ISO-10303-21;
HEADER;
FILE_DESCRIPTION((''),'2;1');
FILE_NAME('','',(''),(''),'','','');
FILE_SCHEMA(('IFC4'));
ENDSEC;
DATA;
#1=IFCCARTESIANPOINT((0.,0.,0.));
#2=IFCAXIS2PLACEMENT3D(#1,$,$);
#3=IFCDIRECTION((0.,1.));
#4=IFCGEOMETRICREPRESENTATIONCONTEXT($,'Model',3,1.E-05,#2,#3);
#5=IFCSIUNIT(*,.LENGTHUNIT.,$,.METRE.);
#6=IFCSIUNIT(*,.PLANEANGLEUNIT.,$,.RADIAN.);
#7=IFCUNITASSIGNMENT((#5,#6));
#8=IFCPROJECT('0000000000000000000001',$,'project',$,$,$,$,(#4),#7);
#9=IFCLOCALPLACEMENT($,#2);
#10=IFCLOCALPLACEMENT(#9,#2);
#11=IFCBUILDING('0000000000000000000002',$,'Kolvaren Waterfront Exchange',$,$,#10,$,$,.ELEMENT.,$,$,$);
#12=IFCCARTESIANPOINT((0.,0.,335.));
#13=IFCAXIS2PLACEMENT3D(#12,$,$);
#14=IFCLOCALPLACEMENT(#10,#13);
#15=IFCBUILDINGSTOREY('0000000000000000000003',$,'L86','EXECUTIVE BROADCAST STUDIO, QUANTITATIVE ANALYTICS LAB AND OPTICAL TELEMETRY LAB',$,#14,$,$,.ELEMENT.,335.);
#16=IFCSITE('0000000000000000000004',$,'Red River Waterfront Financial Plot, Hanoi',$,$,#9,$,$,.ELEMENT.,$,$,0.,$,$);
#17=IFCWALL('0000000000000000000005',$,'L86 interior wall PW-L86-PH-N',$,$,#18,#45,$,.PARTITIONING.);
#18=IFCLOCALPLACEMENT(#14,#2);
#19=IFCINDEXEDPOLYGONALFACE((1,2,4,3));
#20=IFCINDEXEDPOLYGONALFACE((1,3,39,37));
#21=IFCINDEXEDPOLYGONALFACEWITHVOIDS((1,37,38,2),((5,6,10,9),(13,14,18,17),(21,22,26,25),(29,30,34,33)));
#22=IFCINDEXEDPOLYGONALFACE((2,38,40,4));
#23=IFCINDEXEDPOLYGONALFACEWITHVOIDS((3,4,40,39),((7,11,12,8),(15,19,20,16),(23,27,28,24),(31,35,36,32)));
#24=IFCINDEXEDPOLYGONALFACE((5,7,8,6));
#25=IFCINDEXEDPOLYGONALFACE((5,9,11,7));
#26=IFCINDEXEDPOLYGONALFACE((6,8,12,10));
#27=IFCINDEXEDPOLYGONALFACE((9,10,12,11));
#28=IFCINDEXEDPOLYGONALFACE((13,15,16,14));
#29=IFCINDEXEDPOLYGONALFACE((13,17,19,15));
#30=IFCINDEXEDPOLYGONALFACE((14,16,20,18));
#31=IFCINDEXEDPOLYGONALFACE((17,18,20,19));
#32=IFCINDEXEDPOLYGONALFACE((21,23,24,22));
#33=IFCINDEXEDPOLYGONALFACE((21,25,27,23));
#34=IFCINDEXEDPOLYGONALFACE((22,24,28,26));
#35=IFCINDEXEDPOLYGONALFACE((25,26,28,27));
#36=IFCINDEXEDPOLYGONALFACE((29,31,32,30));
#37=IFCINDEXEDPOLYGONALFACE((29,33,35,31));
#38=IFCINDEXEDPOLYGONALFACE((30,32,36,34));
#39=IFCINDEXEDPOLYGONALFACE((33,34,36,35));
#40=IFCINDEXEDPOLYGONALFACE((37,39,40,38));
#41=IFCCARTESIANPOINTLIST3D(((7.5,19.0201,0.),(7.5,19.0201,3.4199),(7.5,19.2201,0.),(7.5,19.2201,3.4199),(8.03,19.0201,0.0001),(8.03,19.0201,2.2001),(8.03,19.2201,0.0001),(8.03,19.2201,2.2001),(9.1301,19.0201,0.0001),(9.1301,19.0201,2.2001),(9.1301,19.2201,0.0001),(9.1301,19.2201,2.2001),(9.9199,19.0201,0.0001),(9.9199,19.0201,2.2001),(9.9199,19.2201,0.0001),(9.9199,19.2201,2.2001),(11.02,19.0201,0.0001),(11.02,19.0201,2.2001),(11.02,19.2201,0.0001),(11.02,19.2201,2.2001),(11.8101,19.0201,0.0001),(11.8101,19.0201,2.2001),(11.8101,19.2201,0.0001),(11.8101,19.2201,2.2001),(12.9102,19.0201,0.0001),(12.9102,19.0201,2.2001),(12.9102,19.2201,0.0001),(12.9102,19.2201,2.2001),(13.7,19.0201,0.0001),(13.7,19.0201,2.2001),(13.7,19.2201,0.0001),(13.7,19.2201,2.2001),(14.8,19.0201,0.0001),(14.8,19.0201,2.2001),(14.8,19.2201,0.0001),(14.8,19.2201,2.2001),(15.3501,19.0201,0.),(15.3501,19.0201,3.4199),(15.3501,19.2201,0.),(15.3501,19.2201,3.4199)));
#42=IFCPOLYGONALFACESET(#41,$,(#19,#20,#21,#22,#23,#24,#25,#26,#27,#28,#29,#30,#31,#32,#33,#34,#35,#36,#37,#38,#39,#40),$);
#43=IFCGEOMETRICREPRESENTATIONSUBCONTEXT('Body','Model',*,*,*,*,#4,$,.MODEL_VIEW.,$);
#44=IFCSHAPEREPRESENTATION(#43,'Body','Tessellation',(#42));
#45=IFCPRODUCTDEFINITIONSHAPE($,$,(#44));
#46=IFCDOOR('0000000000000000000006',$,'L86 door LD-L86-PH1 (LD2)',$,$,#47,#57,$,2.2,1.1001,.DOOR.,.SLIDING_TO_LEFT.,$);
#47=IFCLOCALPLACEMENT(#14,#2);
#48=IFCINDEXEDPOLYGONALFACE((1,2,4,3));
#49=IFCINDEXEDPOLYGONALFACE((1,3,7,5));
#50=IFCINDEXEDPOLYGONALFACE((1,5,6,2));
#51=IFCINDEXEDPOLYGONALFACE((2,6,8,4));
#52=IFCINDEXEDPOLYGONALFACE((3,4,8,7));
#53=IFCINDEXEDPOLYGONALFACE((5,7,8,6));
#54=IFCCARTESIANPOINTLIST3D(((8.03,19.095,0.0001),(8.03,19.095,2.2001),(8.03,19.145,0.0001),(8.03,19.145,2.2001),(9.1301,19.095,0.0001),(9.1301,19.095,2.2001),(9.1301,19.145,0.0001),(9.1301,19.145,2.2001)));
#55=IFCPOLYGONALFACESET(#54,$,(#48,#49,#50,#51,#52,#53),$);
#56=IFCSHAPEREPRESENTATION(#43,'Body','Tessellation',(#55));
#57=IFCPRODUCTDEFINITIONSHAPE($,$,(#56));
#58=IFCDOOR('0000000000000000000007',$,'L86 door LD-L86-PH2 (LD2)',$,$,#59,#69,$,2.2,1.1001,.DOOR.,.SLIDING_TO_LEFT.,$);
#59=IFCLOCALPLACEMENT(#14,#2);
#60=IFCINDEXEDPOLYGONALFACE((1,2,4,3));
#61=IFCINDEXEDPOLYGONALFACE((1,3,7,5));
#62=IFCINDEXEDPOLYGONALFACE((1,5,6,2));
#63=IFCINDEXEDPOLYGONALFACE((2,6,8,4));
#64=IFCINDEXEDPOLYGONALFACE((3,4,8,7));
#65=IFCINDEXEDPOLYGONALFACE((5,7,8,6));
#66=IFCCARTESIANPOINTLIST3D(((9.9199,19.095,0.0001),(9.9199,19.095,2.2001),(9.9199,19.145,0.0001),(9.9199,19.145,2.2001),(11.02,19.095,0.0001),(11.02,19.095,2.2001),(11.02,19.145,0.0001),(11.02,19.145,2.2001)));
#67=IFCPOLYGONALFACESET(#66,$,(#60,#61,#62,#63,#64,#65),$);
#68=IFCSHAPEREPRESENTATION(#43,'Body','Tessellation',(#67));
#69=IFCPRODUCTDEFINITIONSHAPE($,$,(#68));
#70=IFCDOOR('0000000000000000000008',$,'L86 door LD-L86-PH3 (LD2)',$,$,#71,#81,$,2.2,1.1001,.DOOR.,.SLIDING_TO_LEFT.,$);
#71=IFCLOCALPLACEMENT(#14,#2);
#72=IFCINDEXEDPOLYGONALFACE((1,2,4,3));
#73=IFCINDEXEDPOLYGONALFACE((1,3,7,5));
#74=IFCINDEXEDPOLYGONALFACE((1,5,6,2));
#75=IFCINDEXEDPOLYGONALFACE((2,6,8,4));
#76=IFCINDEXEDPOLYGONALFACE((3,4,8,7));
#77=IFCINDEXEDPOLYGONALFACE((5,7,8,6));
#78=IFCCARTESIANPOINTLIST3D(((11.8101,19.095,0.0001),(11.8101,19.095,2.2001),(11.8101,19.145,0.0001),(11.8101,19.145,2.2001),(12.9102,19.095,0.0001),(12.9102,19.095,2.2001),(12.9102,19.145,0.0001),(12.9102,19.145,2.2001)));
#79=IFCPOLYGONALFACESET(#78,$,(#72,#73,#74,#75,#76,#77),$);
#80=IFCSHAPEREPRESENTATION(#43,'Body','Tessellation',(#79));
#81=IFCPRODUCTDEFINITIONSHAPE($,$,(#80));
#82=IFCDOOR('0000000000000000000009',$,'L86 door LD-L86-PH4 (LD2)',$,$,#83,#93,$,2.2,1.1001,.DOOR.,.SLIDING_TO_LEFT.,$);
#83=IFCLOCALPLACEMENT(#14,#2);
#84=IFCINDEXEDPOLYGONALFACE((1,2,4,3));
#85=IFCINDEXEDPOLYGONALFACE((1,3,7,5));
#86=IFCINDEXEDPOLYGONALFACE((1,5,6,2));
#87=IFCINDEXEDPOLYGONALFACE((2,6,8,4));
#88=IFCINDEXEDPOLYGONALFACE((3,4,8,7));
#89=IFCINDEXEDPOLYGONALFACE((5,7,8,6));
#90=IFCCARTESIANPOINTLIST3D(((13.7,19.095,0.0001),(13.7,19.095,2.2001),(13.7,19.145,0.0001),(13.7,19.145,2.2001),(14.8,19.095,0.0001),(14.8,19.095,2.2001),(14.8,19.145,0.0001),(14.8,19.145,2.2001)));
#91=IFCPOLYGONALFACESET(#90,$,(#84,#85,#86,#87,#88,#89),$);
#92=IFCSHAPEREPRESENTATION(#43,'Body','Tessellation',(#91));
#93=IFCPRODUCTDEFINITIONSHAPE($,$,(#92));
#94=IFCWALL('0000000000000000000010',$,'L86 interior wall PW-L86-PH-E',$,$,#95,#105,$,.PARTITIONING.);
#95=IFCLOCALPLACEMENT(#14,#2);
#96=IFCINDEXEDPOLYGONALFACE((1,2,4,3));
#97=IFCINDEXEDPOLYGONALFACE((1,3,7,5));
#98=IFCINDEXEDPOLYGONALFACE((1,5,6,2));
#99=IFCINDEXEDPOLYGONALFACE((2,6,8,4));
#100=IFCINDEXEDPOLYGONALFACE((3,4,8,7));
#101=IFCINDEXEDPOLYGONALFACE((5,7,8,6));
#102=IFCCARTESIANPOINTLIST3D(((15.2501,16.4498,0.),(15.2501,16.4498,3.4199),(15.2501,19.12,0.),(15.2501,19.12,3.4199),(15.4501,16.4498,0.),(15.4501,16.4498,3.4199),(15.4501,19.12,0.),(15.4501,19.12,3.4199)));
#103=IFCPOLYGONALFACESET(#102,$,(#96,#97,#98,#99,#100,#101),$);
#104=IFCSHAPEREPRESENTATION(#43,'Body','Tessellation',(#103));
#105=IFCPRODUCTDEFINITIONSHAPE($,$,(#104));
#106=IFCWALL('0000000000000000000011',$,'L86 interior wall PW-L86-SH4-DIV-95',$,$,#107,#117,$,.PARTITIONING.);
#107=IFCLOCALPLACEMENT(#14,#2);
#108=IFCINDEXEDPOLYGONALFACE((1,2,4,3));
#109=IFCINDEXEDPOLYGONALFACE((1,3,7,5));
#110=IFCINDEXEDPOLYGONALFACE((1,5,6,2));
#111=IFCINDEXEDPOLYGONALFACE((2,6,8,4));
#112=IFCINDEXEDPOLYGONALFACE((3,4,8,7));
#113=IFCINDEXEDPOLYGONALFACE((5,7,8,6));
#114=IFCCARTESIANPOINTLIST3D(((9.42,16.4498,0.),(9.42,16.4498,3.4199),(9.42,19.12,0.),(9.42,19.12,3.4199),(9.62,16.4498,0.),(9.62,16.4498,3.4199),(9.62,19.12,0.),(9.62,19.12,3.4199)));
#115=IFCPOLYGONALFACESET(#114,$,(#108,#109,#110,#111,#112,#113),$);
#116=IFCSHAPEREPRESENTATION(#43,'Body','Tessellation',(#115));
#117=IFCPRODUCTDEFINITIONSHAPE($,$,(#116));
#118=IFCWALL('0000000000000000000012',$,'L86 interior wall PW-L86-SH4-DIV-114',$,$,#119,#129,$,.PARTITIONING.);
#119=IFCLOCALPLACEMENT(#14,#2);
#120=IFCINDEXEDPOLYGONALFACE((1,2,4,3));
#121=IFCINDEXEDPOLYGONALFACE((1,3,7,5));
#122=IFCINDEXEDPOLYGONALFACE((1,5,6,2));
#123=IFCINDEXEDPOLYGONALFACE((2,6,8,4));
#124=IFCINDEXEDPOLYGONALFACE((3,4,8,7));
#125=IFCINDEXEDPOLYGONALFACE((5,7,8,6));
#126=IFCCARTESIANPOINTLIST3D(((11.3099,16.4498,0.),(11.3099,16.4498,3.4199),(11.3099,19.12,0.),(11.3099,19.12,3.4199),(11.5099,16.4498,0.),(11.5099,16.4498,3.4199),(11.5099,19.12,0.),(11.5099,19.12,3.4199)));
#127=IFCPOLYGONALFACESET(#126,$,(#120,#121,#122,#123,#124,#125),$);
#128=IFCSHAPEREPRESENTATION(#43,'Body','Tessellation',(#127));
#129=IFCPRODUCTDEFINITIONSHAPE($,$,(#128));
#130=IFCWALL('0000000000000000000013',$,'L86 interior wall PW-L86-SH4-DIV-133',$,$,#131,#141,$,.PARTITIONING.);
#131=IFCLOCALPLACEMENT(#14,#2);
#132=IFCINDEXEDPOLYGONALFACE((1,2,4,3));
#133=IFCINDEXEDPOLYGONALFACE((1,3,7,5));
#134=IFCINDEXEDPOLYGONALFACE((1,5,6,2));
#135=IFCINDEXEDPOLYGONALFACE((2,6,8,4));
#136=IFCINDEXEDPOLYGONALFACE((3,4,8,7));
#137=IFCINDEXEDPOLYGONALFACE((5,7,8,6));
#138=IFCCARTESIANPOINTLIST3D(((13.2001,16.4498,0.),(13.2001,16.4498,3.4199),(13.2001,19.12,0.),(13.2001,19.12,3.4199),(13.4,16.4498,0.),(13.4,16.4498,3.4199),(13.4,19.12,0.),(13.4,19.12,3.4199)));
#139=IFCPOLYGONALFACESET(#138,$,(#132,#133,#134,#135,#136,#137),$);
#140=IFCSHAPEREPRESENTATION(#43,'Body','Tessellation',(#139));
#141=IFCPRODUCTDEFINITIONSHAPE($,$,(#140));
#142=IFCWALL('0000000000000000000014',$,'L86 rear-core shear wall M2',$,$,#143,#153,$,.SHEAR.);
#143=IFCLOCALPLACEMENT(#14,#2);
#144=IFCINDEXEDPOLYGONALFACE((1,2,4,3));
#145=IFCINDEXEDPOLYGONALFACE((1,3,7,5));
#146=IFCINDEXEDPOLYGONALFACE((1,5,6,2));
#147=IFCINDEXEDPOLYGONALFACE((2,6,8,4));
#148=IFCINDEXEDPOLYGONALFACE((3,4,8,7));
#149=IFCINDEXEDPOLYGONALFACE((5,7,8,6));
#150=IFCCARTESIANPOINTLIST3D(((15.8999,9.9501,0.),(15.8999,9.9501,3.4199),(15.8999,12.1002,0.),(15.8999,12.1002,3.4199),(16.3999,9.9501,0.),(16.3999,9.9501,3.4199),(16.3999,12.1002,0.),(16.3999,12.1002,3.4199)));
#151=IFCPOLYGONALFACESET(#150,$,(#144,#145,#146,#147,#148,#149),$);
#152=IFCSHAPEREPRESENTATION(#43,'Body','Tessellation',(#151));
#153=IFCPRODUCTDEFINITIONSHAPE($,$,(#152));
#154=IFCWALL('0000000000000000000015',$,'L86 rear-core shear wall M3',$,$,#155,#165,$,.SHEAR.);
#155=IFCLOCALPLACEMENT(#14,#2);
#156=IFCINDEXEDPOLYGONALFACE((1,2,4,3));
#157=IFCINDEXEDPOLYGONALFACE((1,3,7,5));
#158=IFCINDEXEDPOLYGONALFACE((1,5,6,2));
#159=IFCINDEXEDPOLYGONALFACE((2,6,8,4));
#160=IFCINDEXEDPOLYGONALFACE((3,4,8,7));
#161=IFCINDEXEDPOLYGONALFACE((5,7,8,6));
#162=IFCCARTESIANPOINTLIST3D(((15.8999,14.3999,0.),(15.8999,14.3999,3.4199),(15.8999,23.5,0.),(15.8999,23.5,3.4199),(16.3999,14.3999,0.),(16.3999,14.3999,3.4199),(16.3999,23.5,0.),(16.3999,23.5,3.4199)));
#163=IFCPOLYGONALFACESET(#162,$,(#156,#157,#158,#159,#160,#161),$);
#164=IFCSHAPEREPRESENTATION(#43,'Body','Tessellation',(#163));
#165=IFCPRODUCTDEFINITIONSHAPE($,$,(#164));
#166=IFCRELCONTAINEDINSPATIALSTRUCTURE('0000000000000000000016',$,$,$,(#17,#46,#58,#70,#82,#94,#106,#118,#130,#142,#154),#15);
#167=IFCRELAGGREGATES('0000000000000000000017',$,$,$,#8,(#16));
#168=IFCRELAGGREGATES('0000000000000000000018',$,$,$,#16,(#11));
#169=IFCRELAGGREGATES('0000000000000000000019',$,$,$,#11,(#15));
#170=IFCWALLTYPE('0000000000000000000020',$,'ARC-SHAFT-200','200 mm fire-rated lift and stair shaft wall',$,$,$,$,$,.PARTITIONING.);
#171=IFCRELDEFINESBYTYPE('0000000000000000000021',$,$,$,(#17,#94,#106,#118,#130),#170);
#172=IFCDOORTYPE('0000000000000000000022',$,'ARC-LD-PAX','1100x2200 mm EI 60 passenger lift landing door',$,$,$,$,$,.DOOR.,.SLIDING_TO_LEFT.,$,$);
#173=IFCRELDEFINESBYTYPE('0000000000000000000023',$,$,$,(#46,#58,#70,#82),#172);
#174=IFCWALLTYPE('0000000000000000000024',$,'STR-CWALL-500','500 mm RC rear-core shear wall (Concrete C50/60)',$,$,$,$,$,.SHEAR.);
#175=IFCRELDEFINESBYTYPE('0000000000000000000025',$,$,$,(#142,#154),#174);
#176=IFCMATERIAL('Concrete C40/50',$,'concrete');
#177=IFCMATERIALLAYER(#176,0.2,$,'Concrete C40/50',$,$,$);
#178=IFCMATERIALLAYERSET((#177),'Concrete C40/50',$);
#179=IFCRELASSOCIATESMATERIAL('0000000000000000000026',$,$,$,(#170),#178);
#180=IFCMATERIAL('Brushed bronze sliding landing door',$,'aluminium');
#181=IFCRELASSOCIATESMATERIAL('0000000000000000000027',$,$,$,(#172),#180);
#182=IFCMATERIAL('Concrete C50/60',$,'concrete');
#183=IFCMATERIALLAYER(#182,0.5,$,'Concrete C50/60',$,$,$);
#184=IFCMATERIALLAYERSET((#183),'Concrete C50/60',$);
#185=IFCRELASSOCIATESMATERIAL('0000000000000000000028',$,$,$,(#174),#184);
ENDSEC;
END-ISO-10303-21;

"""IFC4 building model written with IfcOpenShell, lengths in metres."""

from ifc_helpers import new_model, si_unit, direction, frame, frame_2d, origin, place, context, subcontext, project, spatial, rectangle, extrude, material, layer, layer_set, type_object, element, fill, save


model = new_model("IFC4")

# Units and contexts
model_context = context("Model", 3, precision=1e-05, world=origin(), true_north=direction((0.0, 1.0)))
body_context = subcontext(model_context, "Body", "Model", "MODEL_VIEW")
ifc_project = project(units=[si_unit("LENGTHUNIT", "METRE"), si_unit("PLANEANGLEUNIT", "RADIAN")], contexts=[model_context])

# Site, building, storey
site_placement = place(None, origin())
site = spatial("IfcSite", under=ifc_project, at=site_placement, Name="Red River Waterfront Financial Plot, Hanoi", CompositionType="ELEMENT", RefElevation=0.0)
building_placement = place(site_placement, origin())
building = spatial("IfcBuilding", under=site, at=building_placement, Name="Kolvaren Waterfront Exchange", CompositionType="ELEMENT")
storey_placement = place(building_placement, frame((0.0, 0.0, 335.0)))
storey = spatial("IfcBuildingStorey", under=building, at=storey_placement, Name="L86", Description="EXECUTIVE BROADCAST STUDIO, QUANTITATIVE ANALYTICS LAB AND OPTICAL TELEMETRY LAB", CompositionType="ELEMENT", Elevation=335.0)

# Shared definitions
ifc_material_1 = material(Name="Concrete C40/50", Category="concrete")
ifc_layer_1 = layer(ifc_material_1, 0.2, Name="Concrete C40/50")
ifc_layer_set_1 = layer_set([ifc_layer_1], Name="Concrete C40/50")
wall_type_1 = type_object("IfcWallType", Name="ARC-SHAFT-200", Description="200 mm fire-rated lift and stair shaft wall", PredefinedType="PARTITIONING", material=ifc_layer_set_1)

# Wall, openings, doors
wall_1_placement = place(storey_placement, frame((7.5, 19.1201, 0.0), z_axis=(0.0, 0.0, 1.0), x_axis=(1.0, 0.0, 0.0)))
wall_1 = element("IfcWall", 1, at=wall_1_placement, inside=storey, type_object=wall_type_1, Name="L86 interior wall PW-L86-PH-N", PredefinedType="PARTITIONING", context=body_context, shape_type="SweptSolid", body=[
    extrude(rectangle(XDim=7.8501, YDim=0.2, at=frame_2d((3.925, 0.0))), origin(), (0.0, 0.0, 1.0), 3.4199),
])
opening_1_placement = place(wall_1_placement, frame((0.53, 0.0, 0.0)))
opening_1 = element("IfcOpeningElement", 2, at=opening_1_placement, cuts=wall_1, PredefinedType="OPENING", context=body_context, shape_type="SweptSolid", body=[
    extrude(rectangle(XDim=1.1001, YDim=2.2, at=frame_2d((0.55, 1.1001))), frame((0.0, 0.1099, 0.0), z_axis=(0.0, -1.0, 0.0), x_axis=(1.0, 0.0, 0.0)), (0.0, 0.0, 1.0), 0.22),
])
opening_2_placement = place(wall_1_placement, frame((2.4199, 0.0, 0.0)))
opening_2 = element("IfcOpeningElement", 3, at=opening_2_placement, cuts=wall_1, PredefinedType="OPENING", context=body_context, shape_type="SweptSolid", body=[
    extrude(rectangle(XDim=1.1001, YDim=2.2, at=frame_2d((0.55, 1.1001))), frame((0.0, 0.1099, 0.0), z_axis=(0.0, -1.0, 0.0), x_axis=(1.0, 0.0, 0.0)), (0.0, 0.0, 1.0), 0.22),
])
opening_3_placement = place(wall_1_placement, frame((4.3101, 0.0, 0.0)))
opening_3 = element("IfcOpeningElement", 4, at=opening_3_placement, cuts=wall_1, PredefinedType="OPENING", context=body_context, shape_type="SweptSolid", body=[
    extrude(rectangle(XDim=1.1001, YDim=2.2, at=frame_2d((0.55, 1.1001))), frame((0.0, 0.1099, 0.0), z_axis=(0.0, -1.0, 0.0), x_axis=(1.0, 0.0, 0.0)), (0.0, 0.0, 1.0), 0.22),
])
opening_4_placement = place(wall_1_placement, frame((6.2, 0.0, 0.0)))
opening_4 = element("IfcOpeningElement", 5, at=opening_4_placement, cuts=wall_1, PredefinedType="OPENING", context=body_context, shape_type="SweptSolid", body=[
    extrude(rectangle(XDim=1.1001, YDim=2.2, at=frame_2d((0.55, 1.1001))), frame((0.0, 0.1099, 0.0), z_axis=(0.0, -1.0, 0.0), x_axis=(1.0, 0.0, 0.0)), (0.0, 0.0, 1.0), 0.22),
])
ifc_material_2 = material(Name="Brushed bronze sliding landing door", Category="aluminium")
door_type_1 = type_object("IfcDoorType", Name="ARC-LD-PAX", Description="1100x2200 mm EI 60 passenger lift landing door", OperationType="SLIDING_TO_LEFT", PredefinedType="DOOR", material=ifc_material_2)
door_1_placement = place(opening_1_placement, origin())
door_1 = element("IfcDoor", 6, at=door_1_placement, inside=storey, type_object=door_type_1, Name="L86 door LD-L86-PH1 (LD2)", OperationType="SLIDING_TO_LEFT", OverallHeight=2.2, OverallWidth=1.1001, PredefinedType="DOOR", context=body_context, shape_type="SweptSolid", body=[
    extrude(rectangle(XDim=1.1001, YDim=2.2, at=frame_2d((0.55, 1.1001))), frame((0.0, 0.0249, 0.0), z_axis=(0.0, -1.0, 0.0), x_axis=(1.0, 0.0, 0.0)), (0.0, 0.0, 1.0), 0.05),
])
fill(opening_1, door_1)
door_2_placement = place(opening_2_placement, origin())
door_2 = element("IfcDoor", 7, at=door_2_placement, inside=storey, type_object=door_type_1, Name="L86 door LD-L86-PH2 (LD2)", OperationType="SLIDING_TO_LEFT", OverallHeight=2.2, OverallWidth=1.1001, PredefinedType="DOOR", context=body_context, shape_type="SweptSolid", body=[
    extrude(rectangle(XDim=1.1001, YDim=2.2, at=frame_2d((0.55, 1.1001))), frame((0.0, 0.0249, 0.0), z_axis=(0.0, -1.0, 0.0), x_axis=(1.0, 0.0, 0.0)), (0.0, 0.0, 1.0), 0.05),
])
fill(opening_2, door_2)
door_3_placement = place(opening_3_placement, origin())
door_3 = element("IfcDoor", 8, at=door_3_placement, inside=storey, type_object=door_type_1, Name="L86 door LD-L86-PH3 (LD2)", OperationType="SLIDING_TO_LEFT", OverallHeight=2.2, OverallWidth=1.1001, PredefinedType="DOOR", context=body_context, shape_type="SweptSolid", body=[
    extrude(rectangle(XDim=1.1001, YDim=2.2, at=frame_2d((0.55, 1.1001))), frame((0.0, 0.0249, 0.0), z_axis=(0.0, -1.0, 0.0), x_axis=(1.0, 0.0, 0.0)), (0.0, 0.0, 1.0), 0.05),
])
fill(opening_3, door_3)
door_4_placement = place(opening_4_placement, origin())
door_4 = element("IfcDoor", 9, at=door_4_placement, inside=storey, type_object=door_type_1, Name="L86 door LD-L86-PH4 (LD2)", OperationType="SLIDING_TO_LEFT", OverallHeight=2.2, OverallWidth=1.1001, PredefinedType="DOOR", context=body_context, shape_type="SweptSolid", body=[
    extrude(rectangle(XDim=1.1001, YDim=2.2, at=frame_2d((0.55, 1.1001))), frame((0.0, 0.0249, 0.0), z_axis=(0.0, -1.0, 0.0), x_axis=(1.0, 0.0, 0.0)), (0.0, 0.0, 1.0), 0.05),
])
fill(opening_4, door_4)

# Walls
for number, where, z_axis, x_axis, name in (
    (10, (15.3501, 16.45, 0.0), (0.0, 0.0, 1.0), (0.0, 1.0, 0.0), "L86 interior wall PW-L86-PH-E"),
    (11, (9.52, 16.45, 0.0), (0.0, 0.0, 1.0), (0.0, 1.0, 0.0), "L86 interior wall PW-L86-SH4-DIV-95"),
    (12, (11.4099, 16.45, 0.0), (0.0, 0.0, 1.0), (0.0, 1.0, 0.0), "L86 interior wall PW-L86-SH4-DIV-114"),
    (13, (13.3, 16.45, 0.0), (0.0, 0.0, 1.0), (0.0, 1.0, 0.0), "L86 interior wall PW-L86-SH4-DIV-133"),
):
    element("IfcWall", number, at=place(storey_placement, frame(where, z_axis=z_axis, x_axis=x_axis)), inside=storey, type_object=wall_type_1, Name=name, PredefinedType="PARTITIONING", context=body_context, shape_type="SweptSolid", body=[
        extrude(rectangle(XDim=2.6702, YDim=0.2, at=frame_2d((1.335, 0.0))), origin(), (0.0, 0.0, 1.0), 3.4199),
    ])
ifc_material_3 = material(Name="Concrete C50/60", Category="concrete")
ifc_layer_2 = layer(ifc_material_3, 0.5, Name="Concrete C50/60")
ifc_layer_set_2 = layer_set([ifc_layer_2], Name="Concrete C50/60")
wall_type_2 = type_object("IfcWallType", Name="STR-CWALL-500", Description="500 mm RC rear-core shear wall (Concrete C50/60)", PredefinedType="SHEAR", material=ifc_layer_set_2)
wall_2_placement = place(storey_placement, frame((16.1499, 9.95, 0.0), z_axis=(0.0, 0.0, 1.0), x_axis=(0.0, 1.0, 0.0)))
element("IfcWall", 14, at=wall_2_placement, inside=storey, type_object=wall_type_2, Name="L86 rear-core shear wall M2", PredefinedType="SHEAR", context=body_context, shape_type="SweptSolid", body=[
    extrude(rectangle(XDim=2.1501, YDim=0.5, at=frame_2d((1.0752, 0.0))), origin(), (0.0, 0.0, 1.0), 3.4199),
])
wall_3_placement = place(storey_placement, frame((16.1499, 14.3999, 0.0), z_axis=(0.0, 0.0, 1.0), x_axis=(0.0, 1.0, 0.0)))
element("IfcWall", 15, at=wall_3_placement, inside=storey, type_object=wall_type_2, Name="L86 rear-core shear wall M3", PredefinedType="SHEAR", context=body_context, shape_type="SweptSolid", body=[
    extrude(rectangle(XDim=9.1001, YDim=0.5, at=frame_2d((4.55, 0.0))), origin(), (0.0, 0.0, 1.0), 3.4199),
])

save(model, "model.ifc")
